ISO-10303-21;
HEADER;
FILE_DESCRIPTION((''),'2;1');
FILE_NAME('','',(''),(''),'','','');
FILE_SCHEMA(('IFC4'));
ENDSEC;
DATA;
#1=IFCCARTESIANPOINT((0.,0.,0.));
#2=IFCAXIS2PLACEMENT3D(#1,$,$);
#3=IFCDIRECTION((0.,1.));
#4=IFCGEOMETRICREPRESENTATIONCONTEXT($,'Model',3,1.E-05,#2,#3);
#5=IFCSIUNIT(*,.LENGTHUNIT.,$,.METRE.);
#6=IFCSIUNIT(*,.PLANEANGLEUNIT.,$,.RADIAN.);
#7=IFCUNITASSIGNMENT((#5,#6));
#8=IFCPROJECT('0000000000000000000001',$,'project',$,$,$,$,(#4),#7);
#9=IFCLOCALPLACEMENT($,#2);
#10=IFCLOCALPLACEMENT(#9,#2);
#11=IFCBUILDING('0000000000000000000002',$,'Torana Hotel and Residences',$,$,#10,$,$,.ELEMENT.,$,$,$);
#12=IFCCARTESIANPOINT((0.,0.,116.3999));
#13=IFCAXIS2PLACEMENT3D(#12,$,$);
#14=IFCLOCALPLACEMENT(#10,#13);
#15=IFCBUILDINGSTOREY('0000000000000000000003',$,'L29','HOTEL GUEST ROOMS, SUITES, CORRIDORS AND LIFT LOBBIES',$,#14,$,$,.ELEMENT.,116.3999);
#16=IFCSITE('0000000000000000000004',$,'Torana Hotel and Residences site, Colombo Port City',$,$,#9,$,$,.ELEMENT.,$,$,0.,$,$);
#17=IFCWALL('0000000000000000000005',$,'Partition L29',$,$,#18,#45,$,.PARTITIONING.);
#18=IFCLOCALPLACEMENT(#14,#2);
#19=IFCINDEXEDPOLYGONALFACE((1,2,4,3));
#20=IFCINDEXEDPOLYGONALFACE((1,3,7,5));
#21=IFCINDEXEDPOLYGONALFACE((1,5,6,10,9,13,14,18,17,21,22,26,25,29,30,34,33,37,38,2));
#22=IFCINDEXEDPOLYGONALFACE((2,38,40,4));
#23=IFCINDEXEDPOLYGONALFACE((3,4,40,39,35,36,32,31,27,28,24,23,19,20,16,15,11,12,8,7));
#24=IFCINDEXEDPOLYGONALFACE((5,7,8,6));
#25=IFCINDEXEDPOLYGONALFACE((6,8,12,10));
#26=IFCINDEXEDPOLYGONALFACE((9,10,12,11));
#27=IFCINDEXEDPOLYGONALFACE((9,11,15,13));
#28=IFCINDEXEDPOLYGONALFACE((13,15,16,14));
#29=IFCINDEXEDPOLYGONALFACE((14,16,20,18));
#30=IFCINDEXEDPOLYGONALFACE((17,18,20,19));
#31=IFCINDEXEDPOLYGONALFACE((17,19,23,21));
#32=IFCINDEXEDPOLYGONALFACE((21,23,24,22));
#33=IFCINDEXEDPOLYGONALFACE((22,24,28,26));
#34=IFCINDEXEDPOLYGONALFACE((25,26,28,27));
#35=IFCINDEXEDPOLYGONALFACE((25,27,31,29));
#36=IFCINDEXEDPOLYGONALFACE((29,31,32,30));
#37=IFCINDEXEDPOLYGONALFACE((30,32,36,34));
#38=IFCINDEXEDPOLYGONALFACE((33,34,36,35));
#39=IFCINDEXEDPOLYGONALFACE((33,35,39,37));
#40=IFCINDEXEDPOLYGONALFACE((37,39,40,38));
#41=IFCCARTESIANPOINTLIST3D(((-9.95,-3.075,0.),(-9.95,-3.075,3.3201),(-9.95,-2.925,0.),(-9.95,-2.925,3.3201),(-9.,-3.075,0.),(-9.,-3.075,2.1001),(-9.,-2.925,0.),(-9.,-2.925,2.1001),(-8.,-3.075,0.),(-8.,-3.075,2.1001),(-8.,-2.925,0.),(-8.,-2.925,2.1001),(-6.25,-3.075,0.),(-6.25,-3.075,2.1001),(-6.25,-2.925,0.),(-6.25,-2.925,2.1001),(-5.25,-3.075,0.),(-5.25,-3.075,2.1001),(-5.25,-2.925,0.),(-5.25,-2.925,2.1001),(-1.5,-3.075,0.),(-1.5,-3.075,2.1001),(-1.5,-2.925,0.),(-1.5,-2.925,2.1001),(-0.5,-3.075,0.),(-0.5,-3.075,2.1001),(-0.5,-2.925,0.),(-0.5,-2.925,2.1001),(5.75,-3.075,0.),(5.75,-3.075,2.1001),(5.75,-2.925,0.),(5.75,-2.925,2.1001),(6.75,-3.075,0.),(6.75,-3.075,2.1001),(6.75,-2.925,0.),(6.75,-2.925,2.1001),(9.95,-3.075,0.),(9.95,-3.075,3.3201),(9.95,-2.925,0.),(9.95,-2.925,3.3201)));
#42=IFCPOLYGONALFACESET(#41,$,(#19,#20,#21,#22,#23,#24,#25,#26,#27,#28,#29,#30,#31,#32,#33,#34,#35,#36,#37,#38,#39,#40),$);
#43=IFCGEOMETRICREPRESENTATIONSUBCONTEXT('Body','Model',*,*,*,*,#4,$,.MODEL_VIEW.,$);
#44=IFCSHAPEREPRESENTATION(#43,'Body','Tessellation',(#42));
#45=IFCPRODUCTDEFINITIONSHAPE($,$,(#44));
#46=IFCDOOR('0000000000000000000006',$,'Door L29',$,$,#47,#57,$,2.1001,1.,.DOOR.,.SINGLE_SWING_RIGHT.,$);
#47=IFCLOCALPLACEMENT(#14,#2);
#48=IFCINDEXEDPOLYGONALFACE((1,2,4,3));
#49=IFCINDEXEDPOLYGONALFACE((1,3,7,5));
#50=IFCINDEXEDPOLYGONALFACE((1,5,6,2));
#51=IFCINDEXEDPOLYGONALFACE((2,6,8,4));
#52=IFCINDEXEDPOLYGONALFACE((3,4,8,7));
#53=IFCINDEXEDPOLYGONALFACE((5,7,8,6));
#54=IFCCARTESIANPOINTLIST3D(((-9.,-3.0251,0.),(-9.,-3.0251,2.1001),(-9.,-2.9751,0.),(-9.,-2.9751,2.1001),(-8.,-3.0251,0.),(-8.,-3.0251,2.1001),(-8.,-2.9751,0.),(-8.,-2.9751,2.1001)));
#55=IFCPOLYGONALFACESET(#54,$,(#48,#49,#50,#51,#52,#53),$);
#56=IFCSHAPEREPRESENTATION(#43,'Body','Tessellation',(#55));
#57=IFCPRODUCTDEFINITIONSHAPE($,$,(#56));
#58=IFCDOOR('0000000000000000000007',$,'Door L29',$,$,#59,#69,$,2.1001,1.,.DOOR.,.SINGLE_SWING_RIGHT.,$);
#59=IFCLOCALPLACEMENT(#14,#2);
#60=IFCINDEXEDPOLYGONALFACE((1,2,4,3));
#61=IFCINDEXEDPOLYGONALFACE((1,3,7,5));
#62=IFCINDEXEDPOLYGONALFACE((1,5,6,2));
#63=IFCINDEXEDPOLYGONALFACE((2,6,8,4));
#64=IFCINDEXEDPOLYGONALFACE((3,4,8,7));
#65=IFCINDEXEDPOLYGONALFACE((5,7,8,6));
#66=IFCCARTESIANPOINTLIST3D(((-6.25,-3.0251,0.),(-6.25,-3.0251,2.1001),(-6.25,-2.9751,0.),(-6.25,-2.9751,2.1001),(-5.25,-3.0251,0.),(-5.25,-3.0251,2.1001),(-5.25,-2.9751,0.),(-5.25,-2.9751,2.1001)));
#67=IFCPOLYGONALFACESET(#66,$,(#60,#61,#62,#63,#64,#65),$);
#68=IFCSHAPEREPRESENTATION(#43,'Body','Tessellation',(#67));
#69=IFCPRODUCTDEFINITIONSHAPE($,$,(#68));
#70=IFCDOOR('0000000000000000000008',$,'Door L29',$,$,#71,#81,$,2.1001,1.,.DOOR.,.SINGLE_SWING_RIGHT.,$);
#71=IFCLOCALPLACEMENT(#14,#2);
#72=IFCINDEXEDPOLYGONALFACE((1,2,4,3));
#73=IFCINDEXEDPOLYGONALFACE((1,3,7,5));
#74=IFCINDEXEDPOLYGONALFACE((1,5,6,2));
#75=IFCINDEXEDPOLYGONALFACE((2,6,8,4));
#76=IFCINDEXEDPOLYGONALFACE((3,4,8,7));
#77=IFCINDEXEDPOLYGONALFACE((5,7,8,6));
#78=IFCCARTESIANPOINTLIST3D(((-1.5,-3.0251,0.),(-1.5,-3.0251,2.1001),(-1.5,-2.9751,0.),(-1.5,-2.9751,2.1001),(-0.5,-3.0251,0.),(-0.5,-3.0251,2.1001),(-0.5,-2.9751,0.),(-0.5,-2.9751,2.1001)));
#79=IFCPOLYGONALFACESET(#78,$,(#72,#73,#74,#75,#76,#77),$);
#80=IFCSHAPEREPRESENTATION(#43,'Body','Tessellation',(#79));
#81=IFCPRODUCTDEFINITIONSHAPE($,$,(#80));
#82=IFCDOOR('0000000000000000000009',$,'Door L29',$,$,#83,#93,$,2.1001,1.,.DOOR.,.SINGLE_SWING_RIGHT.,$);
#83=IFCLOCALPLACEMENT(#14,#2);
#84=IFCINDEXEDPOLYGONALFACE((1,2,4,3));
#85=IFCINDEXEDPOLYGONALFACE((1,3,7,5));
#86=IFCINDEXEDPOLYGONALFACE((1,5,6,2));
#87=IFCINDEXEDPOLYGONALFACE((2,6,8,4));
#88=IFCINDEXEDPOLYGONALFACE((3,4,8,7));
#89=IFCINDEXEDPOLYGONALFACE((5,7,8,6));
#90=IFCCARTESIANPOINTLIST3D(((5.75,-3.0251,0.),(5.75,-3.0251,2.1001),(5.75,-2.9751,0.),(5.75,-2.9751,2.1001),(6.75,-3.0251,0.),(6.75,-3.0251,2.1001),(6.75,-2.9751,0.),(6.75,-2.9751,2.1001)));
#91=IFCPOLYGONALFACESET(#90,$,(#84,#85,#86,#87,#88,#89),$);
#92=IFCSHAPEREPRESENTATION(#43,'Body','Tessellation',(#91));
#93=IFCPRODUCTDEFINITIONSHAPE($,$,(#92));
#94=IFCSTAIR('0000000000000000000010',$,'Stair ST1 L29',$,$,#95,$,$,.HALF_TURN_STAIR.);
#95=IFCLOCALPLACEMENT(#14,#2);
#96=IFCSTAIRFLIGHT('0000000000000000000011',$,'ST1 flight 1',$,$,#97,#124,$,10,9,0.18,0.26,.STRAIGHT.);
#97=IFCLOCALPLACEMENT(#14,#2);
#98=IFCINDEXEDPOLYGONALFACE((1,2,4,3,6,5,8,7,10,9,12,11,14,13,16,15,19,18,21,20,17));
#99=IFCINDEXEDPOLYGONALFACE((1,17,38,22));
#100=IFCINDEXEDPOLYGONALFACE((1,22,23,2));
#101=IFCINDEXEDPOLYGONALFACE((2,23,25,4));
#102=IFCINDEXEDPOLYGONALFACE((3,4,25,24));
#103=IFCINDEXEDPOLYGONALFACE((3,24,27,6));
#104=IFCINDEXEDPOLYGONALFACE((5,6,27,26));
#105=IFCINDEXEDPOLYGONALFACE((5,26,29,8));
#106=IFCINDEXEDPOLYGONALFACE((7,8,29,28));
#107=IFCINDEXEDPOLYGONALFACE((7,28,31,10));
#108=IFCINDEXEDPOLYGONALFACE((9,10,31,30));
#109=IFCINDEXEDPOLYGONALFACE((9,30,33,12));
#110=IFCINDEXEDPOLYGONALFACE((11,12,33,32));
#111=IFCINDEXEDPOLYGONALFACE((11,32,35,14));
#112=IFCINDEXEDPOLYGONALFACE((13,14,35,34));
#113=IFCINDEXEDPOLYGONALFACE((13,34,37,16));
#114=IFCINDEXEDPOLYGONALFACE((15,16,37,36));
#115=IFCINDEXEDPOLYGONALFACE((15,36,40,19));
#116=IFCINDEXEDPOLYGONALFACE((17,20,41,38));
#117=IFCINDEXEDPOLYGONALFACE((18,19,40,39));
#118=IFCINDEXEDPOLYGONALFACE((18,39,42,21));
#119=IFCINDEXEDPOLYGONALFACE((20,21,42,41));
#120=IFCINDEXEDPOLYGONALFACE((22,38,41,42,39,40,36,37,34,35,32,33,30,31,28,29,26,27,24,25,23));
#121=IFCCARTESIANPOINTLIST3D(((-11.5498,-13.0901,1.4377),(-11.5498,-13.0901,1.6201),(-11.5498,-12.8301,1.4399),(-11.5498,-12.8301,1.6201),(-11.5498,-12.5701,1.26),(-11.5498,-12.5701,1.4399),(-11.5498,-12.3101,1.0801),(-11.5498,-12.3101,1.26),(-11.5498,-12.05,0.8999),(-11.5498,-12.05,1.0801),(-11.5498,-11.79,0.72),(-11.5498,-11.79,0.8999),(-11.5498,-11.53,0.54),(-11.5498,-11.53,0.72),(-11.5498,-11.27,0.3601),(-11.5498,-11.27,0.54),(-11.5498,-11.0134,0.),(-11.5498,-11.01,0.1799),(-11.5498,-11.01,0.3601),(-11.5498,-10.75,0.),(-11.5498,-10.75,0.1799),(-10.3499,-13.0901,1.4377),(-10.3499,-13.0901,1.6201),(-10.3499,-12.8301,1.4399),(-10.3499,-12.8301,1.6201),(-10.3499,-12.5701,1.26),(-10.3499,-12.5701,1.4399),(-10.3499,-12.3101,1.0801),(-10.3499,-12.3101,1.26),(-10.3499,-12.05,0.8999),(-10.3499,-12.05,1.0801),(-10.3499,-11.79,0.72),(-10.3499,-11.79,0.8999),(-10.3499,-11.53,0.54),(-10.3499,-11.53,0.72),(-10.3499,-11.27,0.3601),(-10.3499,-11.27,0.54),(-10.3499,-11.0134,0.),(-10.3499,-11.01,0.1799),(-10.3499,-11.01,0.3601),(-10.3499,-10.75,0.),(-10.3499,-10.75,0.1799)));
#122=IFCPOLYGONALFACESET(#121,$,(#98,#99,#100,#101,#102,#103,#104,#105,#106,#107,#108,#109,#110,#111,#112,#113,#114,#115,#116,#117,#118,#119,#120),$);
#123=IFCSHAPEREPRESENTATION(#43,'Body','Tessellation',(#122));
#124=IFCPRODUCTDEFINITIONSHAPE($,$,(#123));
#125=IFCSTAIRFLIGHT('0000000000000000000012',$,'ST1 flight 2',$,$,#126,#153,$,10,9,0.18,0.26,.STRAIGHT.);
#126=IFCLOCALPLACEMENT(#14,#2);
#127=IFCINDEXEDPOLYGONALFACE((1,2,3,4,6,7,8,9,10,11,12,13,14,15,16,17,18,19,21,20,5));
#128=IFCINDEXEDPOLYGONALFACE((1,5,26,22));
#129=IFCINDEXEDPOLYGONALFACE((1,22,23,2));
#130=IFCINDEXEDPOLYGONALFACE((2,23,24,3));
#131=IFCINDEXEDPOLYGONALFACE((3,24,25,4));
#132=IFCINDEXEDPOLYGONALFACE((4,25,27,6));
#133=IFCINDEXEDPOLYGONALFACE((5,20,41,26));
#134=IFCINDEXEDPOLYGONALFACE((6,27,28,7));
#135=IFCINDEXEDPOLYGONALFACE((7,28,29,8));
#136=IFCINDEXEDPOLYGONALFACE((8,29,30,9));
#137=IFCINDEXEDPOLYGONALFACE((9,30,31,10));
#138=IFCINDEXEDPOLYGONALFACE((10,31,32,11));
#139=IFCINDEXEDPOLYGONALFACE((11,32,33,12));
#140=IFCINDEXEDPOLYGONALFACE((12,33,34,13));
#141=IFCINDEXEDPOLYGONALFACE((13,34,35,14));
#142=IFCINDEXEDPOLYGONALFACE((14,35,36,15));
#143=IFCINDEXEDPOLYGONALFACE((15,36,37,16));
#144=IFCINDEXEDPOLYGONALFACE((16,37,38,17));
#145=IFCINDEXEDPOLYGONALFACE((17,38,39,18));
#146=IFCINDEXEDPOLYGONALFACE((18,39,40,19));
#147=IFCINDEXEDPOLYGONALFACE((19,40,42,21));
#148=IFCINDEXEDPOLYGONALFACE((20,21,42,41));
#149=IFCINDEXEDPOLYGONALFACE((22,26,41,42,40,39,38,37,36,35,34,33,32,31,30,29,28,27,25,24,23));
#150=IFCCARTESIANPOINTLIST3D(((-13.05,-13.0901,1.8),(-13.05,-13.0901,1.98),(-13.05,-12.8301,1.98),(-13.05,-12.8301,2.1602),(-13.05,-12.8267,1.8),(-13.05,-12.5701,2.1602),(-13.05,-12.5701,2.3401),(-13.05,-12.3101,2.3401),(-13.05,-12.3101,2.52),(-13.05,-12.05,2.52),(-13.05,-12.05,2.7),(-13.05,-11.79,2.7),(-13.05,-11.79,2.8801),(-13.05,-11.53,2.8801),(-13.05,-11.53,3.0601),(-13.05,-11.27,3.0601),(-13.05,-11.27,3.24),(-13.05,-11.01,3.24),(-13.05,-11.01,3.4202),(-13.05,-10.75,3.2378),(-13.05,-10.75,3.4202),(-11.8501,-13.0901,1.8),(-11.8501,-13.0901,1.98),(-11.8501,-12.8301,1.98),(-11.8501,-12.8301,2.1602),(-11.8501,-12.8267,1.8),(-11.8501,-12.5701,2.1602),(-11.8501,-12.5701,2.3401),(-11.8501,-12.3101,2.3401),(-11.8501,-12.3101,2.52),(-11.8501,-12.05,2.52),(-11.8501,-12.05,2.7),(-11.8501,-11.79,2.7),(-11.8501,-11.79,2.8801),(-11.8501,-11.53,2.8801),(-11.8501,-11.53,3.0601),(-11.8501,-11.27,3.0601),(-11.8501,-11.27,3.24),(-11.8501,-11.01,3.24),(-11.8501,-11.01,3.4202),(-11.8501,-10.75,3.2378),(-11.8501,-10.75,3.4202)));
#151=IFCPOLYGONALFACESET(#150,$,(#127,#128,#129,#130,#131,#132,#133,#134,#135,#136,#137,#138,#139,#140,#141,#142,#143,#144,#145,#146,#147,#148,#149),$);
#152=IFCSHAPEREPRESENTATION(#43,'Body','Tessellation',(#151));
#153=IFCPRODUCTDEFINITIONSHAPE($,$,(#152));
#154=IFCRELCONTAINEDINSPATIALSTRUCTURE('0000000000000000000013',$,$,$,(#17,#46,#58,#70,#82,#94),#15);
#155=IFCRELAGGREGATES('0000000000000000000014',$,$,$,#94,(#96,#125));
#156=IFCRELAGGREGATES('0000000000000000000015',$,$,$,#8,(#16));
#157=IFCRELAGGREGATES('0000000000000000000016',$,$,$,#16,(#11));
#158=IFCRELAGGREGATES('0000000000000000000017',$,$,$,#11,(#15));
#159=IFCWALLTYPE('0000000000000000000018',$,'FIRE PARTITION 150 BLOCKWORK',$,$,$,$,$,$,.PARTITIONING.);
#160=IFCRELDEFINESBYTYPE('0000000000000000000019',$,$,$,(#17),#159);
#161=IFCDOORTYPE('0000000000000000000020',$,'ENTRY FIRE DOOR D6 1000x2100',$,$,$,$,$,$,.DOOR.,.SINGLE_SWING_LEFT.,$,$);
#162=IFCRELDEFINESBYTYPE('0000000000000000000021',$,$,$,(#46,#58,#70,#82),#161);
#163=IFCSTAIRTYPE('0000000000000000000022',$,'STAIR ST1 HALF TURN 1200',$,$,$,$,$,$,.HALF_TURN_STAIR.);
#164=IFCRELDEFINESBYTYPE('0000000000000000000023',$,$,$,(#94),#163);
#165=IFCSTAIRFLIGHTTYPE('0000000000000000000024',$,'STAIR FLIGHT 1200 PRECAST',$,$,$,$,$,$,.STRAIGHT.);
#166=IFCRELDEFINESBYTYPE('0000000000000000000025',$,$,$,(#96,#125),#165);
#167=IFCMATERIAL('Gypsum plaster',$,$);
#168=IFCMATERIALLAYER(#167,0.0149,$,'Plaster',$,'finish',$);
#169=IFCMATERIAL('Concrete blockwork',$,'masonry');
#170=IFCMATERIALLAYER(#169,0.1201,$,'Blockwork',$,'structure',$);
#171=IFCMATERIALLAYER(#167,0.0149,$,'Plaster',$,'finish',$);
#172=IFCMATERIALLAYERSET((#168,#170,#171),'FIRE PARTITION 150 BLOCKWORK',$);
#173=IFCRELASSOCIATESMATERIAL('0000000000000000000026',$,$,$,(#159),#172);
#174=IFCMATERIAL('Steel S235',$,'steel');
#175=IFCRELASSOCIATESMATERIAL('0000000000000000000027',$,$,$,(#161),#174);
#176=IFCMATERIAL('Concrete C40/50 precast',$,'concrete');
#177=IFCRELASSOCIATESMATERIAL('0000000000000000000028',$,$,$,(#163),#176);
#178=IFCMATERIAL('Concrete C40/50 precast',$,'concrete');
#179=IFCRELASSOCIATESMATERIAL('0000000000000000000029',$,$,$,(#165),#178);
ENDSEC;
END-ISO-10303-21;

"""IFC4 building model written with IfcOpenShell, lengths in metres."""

from ifc_helpers import new_model, si_unit, direction, frame, frame_2d, origin, place, context, subcontext, project, spatial, polyline, rectangle, outline, extrude, material, layer, layer_set, type_object, element, fill, aggregate, save


model = new_model("IFC4")

# Units and contexts
model_context = context("Model", 3, precision=1e-05, world=origin(), true_north=direction((0.0, 1.0)))
body_context = subcontext(model_context, "Body", "Model", "MODEL_VIEW")
ifc_project = project(units=[si_unit("LENGTHUNIT", "METRE"), si_unit("PLANEANGLEUNIT", "RADIAN")], contexts=[model_context])

# Site, building, storey
site_placement = place(None, origin())
site = spatial("IfcSite", under=ifc_project, at=site_placement, Name="Torana Hotel and Residences site, Colombo Port City", CompositionType="ELEMENT", RefElevation=0.0)
building_placement = place(site_placement, origin())
building = spatial("IfcBuilding", under=site, at=building_placement, Name="Torana Hotel and Residences", CompositionType="ELEMENT")
storey_placement = place(building_placement, frame((0.0, 0.0, 116.3999)))
storey = spatial("IfcBuildingStorey", under=building, at=storey_placement, Name="L29", Description="HOTEL GUEST ROOMS, SUITES, CORRIDORS AND LIFT LOBBIES", CompositionType="ELEMENT", Elevation=116.3999)

# Shared definitions
ifc_material_1 = material(Name="Gypsum plaster")
ifc_layer_1 = layer(ifc_material_1, 0.0149, Name="Plaster", Category="finish")
ifc_material_2 = material(Name="Concrete blockwork", Category="masonry")
ifc_layer_2 = layer(ifc_material_2, 0.1201, Name="Blockwork", Category="structure")
ifc_layer_3 = layer(ifc_material_1, 0.0149, Name="Plaster", Category="finish")
ifc_layer_set_1 = layer_set([ifc_layer_1, ifc_layer_2, ifc_layer_3], Name="FIRE PARTITION 150 BLOCKWORK")
wall_type_1 = type_object("IfcWallType", Name="FIRE PARTITION 150 BLOCKWORK", PredefinedType="PARTITIONING", material=ifc_layer_set_1)

# Wall, openings, doors
ifc_material_3 = material(Name="Steel S235", Category="steel")
door_type_1 = type_object("IfcDoorType", Name="ENTRY FIRE DOOR D6 1000x2100", OperationType="SINGLE_SWING_LEFT", PredefinedType="DOOR", material=ifc_material_3)
wall_1_placement = place(storey_placement, frame((-9.95, -3.0, 0.0), z_axis=(0.0, 0.0, 1.0), x_axis=(1.0, 0.0, 0.0)))
wall_1 = element("IfcWall", 1, at=wall_1_placement, inside=storey, type_object=wall_type_1, Name="Partition L29", PredefinedType="PARTITIONING", context=body_context, shape_type="SweptSolid", body=[
    extrude(rectangle(XDim=19.8999, YDim=0.1499, at=frame_2d((9.95, 0.0))), origin(), (0.0, 0.0, 1.0), 3.3201),
])
opening_1_placement = place(wall_1_placement, frame((0.95, 0.0, 0.0)))
opening_1 = element("IfcOpeningElement", 2, at=opening_1_placement, cuts=wall_1, PredefinedType="OPENING", context=body_context, shape_type="SweptSolid", body=[
    extrude(rectangle(XDim=1.0, YDim=2.1001, at=frame_2d((0.5, 1.05))), frame((0.0, 0.085, 0.0), z_axis=(0.0, -1.0, 0.0), x_axis=(1.0, 0.0, 0.0)), (0.0, 0.0, 1.0), 0.1699),
])
opening_2_placement = place(wall_1_placement, frame((3.7, 0.0, 0.0)))
opening_2 = element("IfcOpeningElement", 3, at=opening_2_placement, cuts=wall_1, PredefinedType="OPENING", context=body_context, shape_type="SweptSolid", body=[
    extrude(rectangle(XDim=1.0, YDim=2.1001, at=frame_2d((0.5, 1.05))), frame((0.0, 0.085, 0.0), z_axis=(0.0, -1.0, 0.0), x_axis=(1.0, 0.0, 0.0)), (0.0, 0.0, 1.0), 0.1699),
])
opening_3_placement = place(wall_1_placement, frame((8.45, 0.0, 0.0)))
opening_3 = element("IfcOpeningElement", 4, at=opening_3_placement, cuts=wall_1, PredefinedType="OPENING", context=body_context, shape_type="SweptSolid", body=[
    extrude(rectangle(XDim=1.0, YDim=2.1001, at=frame_2d((0.5, 1.05))), frame((0.0, 0.085, 0.0), z_axis=(0.0, -1.0, 0.0), x_axis=(1.0, 0.0, 0.0)), (0.0, 0.0, 1.0), 0.1699),
])
opening_4_placement = place(wall_1_placement, frame((15.7, 0.0, 0.0)))
opening_4 = element("IfcOpeningElement", 5, at=opening_4_placement, cuts=wall_1, PredefinedType="OPENING", context=body_context, shape_type="SweptSolid", body=[
    extrude(rectangle(XDim=1.0, YDim=2.1001, at=frame_2d((0.5, 1.05))), frame((0.0, 0.085, 0.0), z_axis=(0.0, -1.0, 0.0), x_axis=(1.0, 0.0, 0.0)), (0.0, 0.0, 1.0), 0.1699),
])
door_1_placement = place(opening_1_placement, origin())
door_1 = element("IfcDoor", 6, at=door_1_placement, inside=storey, type_object=door_type_1, Name="Door L29", OperationType="SINGLE_SWING_RIGHT", OverallHeight=2.1001, OverallWidth=1.0, PredefinedType="DOOR", context=body_context, shape_type="SweptSolid", body=[
    extrude(rectangle(XDim=1.0, YDim=2.1001, at=frame_2d((0.5, 1.05))), frame((0.0, 0.0249, 0.0), z_axis=(0.0, -1.0, 0.0), x_axis=(1.0, 0.0, 0.0)), (0.0, 0.0, 1.0), 0.05),
])
fill(opening_1, door_1)
door_2_placement = place(opening_2_placement, origin())
door_2 = element("IfcDoor", 7, at=door_2_placement, inside=storey, type_object=door_type_1, Name="Door L29", OperationType="SINGLE_SWING_RIGHT", OverallHeight=2.1001, OverallWidth=1.0, PredefinedType="DOOR", context=body_context, shape_type="SweptSolid", body=[
    extrude(rectangle(XDim=1.0, YDim=2.1001, at=frame_2d((0.5, 1.05))), frame((0.0, 0.0249, 0.0), z_axis=(0.0, -1.0, 0.0), x_axis=(1.0, 0.0, 0.0)), (0.0, 0.0, 1.0), 0.05),
])
fill(opening_2, door_2)
door_3_placement = place(opening_3_placement, origin())
door_3 = element("IfcDoor", 8, at=door_3_placement, inside=storey, type_object=door_type_1, Name="Door L29", OperationType="SINGLE_SWING_RIGHT", OverallHeight=2.1001, OverallWidth=1.0, PredefinedType="DOOR", context=body_context, shape_type="SweptSolid", body=[
    extrude(rectangle(XDim=1.0, YDim=2.1001, at=frame_2d((0.5, 1.05))), frame((0.0, 0.0249, 0.0), z_axis=(0.0, -1.0, 0.0), x_axis=(1.0, 0.0, 0.0)), (0.0, 0.0, 1.0), 0.05),
])
fill(opening_3, door_3)
door_4_placement = place(opening_4_placement, origin())
door_4 = element("IfcDoor", 9, at=door_4_placement, inside=storey, type_object=door_type_1, Name="Door L29", OperationType="SINGLE_SWING_RIGHT", OverallHeight=2.1001, OverallWidth=1.0, PredefinedType="DOOR", context=body_context, shape_type="SweptSolid", body=[
    extrude(rectangle(XDim=1.0, YDim=2.1001, at=frame_2d((0.5, 1.05))), frame((0.0, 0.0249, 0.0), z_axis=(0.0, -1.0, 0.0), x_axis=(1.0, 0.0, 0.0)), (0.0, 0.0, 1.0), 0.05),
])
fill(opening_4, door_4)

# Stair, stair flights
ifc_material_4 = material(Name="Concrete C40/50 precast", Category="concrete")
stair_type = type_object("IfcStairType", Name="STAIR ST1 HALF TURN 1200", PredefinedType="HALF_TURN_STAIR", material=ifc_material_4)
stair_placement = place(storey_placement, origin())
stair = element("IfcStair", 10, at=stair_placement, inside=storey, type_object=stair_type, Name="Stair ST1 L29", PredefinedType="HALF_TURN_STAIR")
ifc_material_5 = material(Name="Concrete C40/50 precast", Category="concrete")
stair_flight_type = type_object("IfcStairFlightType", Name="STAIR FLIGHT 1200 PRECAST", PredefinedType="STRAIGHT", material=ifc_material_5)
stair_flight_1_placement = place(storey_placement, frame((-10.95, -10.75, 0.0), z_axis=(0.0, 0.0, 1.0), x_axis=(0.0, -1.0, 0.0)))
stair_flight_1 = element("IfcStairFlight", 11, at=stair_flight_1_placement, type_object=stair_flight_type, Name="ST1 flight 1", NumberOfRisers=10, NumberOfTreads=9, PredefinedType="STRAIGHT", RiserHeight=0.18, TreadLength=0.26, context=body_context, shape_type="SweptSolid", body=[
    extrude(outline(polyline([(0.0, 0.0), (0.0, 0.1799), (0.26, 0.1799), (0.26, 0.3601), (0.52, 0.3601), (0.52, 0.54), (0.78, 0.54), (0.78, 0.72), (1.04, 0.72), (1.04, 0.8999), (1.3, 0.8999), (1.3, 1.0801), (1.5601, 1.0801), (1.5601, 1.26), (1.8201, 1.26), (1.8201, 1.4399), (2.0801, 1.4399), (2.0801, 1.6201), (2.3401, 1.6201), (2.3401, 1.8), (2.3401, 1.4377), (0.2634, 0.0), (0.0, 0.0)])), frame((0.0, 0.6001, 0.0), z_axis=(0.0, -1.0, 0.0), x_axis=(1.0, 0.0, 0.0)), (0.0, 0.0, 1.0), 1.2),
])
stair_flight_2_placement = place(storey_placement, frame((-12.45, -13.0901, 1.8), z_axis=(0.0, 0.0, 1.0), x_axis=(0.0, 1.0, 0.0)))
stair_flight_2 = element("IfcStairFlight", 12, at=stair_flight_2_placement, type_object=stair_flight_type, Name="ST1 flight 2", NumberOfRisers=10, NumberOfTreads=9, PredefinedType="STRAIGHT", RiserHeight=0.18, TreadLength=0.26, context=body_context, shape_type="SweptSolid", body=[
    extrude(outline(polyline([(0.0, 0.0), (0.0, 0.1799), (0.26, 0.1799), (0.26, 0.3601), (0.52, 0.3601), (0.52, 0.54), (0.78, 0.54), (0.78, 0.72), (1.04, 0.72), (1.04, 0.8999), (1.3, 0.8999), (1.3, 1.0801), (1.5601, 1.0801), (1.5601, 1.26), (1.8201, 1.26), (1.8201, 1.4399), (2.0801, 1.4399), (2.0801, 1.6201), (2.3401, 1.6201), (2.3401, 1.8), (2.3401, 1.4377), (0.2634, 0.0), (0.0, 0.0)])), frame((0.0, 0.6001, 0.0), z_axis=(0.0, -1.0, 0.0), x_axis=(1.0, 0.0, 0.0)), (0.0, 0.0, 1.0), 1.2),
])
aggregate(stair, [stair_flight_1, stair_flight_2])

save(model, "model.ifc")
